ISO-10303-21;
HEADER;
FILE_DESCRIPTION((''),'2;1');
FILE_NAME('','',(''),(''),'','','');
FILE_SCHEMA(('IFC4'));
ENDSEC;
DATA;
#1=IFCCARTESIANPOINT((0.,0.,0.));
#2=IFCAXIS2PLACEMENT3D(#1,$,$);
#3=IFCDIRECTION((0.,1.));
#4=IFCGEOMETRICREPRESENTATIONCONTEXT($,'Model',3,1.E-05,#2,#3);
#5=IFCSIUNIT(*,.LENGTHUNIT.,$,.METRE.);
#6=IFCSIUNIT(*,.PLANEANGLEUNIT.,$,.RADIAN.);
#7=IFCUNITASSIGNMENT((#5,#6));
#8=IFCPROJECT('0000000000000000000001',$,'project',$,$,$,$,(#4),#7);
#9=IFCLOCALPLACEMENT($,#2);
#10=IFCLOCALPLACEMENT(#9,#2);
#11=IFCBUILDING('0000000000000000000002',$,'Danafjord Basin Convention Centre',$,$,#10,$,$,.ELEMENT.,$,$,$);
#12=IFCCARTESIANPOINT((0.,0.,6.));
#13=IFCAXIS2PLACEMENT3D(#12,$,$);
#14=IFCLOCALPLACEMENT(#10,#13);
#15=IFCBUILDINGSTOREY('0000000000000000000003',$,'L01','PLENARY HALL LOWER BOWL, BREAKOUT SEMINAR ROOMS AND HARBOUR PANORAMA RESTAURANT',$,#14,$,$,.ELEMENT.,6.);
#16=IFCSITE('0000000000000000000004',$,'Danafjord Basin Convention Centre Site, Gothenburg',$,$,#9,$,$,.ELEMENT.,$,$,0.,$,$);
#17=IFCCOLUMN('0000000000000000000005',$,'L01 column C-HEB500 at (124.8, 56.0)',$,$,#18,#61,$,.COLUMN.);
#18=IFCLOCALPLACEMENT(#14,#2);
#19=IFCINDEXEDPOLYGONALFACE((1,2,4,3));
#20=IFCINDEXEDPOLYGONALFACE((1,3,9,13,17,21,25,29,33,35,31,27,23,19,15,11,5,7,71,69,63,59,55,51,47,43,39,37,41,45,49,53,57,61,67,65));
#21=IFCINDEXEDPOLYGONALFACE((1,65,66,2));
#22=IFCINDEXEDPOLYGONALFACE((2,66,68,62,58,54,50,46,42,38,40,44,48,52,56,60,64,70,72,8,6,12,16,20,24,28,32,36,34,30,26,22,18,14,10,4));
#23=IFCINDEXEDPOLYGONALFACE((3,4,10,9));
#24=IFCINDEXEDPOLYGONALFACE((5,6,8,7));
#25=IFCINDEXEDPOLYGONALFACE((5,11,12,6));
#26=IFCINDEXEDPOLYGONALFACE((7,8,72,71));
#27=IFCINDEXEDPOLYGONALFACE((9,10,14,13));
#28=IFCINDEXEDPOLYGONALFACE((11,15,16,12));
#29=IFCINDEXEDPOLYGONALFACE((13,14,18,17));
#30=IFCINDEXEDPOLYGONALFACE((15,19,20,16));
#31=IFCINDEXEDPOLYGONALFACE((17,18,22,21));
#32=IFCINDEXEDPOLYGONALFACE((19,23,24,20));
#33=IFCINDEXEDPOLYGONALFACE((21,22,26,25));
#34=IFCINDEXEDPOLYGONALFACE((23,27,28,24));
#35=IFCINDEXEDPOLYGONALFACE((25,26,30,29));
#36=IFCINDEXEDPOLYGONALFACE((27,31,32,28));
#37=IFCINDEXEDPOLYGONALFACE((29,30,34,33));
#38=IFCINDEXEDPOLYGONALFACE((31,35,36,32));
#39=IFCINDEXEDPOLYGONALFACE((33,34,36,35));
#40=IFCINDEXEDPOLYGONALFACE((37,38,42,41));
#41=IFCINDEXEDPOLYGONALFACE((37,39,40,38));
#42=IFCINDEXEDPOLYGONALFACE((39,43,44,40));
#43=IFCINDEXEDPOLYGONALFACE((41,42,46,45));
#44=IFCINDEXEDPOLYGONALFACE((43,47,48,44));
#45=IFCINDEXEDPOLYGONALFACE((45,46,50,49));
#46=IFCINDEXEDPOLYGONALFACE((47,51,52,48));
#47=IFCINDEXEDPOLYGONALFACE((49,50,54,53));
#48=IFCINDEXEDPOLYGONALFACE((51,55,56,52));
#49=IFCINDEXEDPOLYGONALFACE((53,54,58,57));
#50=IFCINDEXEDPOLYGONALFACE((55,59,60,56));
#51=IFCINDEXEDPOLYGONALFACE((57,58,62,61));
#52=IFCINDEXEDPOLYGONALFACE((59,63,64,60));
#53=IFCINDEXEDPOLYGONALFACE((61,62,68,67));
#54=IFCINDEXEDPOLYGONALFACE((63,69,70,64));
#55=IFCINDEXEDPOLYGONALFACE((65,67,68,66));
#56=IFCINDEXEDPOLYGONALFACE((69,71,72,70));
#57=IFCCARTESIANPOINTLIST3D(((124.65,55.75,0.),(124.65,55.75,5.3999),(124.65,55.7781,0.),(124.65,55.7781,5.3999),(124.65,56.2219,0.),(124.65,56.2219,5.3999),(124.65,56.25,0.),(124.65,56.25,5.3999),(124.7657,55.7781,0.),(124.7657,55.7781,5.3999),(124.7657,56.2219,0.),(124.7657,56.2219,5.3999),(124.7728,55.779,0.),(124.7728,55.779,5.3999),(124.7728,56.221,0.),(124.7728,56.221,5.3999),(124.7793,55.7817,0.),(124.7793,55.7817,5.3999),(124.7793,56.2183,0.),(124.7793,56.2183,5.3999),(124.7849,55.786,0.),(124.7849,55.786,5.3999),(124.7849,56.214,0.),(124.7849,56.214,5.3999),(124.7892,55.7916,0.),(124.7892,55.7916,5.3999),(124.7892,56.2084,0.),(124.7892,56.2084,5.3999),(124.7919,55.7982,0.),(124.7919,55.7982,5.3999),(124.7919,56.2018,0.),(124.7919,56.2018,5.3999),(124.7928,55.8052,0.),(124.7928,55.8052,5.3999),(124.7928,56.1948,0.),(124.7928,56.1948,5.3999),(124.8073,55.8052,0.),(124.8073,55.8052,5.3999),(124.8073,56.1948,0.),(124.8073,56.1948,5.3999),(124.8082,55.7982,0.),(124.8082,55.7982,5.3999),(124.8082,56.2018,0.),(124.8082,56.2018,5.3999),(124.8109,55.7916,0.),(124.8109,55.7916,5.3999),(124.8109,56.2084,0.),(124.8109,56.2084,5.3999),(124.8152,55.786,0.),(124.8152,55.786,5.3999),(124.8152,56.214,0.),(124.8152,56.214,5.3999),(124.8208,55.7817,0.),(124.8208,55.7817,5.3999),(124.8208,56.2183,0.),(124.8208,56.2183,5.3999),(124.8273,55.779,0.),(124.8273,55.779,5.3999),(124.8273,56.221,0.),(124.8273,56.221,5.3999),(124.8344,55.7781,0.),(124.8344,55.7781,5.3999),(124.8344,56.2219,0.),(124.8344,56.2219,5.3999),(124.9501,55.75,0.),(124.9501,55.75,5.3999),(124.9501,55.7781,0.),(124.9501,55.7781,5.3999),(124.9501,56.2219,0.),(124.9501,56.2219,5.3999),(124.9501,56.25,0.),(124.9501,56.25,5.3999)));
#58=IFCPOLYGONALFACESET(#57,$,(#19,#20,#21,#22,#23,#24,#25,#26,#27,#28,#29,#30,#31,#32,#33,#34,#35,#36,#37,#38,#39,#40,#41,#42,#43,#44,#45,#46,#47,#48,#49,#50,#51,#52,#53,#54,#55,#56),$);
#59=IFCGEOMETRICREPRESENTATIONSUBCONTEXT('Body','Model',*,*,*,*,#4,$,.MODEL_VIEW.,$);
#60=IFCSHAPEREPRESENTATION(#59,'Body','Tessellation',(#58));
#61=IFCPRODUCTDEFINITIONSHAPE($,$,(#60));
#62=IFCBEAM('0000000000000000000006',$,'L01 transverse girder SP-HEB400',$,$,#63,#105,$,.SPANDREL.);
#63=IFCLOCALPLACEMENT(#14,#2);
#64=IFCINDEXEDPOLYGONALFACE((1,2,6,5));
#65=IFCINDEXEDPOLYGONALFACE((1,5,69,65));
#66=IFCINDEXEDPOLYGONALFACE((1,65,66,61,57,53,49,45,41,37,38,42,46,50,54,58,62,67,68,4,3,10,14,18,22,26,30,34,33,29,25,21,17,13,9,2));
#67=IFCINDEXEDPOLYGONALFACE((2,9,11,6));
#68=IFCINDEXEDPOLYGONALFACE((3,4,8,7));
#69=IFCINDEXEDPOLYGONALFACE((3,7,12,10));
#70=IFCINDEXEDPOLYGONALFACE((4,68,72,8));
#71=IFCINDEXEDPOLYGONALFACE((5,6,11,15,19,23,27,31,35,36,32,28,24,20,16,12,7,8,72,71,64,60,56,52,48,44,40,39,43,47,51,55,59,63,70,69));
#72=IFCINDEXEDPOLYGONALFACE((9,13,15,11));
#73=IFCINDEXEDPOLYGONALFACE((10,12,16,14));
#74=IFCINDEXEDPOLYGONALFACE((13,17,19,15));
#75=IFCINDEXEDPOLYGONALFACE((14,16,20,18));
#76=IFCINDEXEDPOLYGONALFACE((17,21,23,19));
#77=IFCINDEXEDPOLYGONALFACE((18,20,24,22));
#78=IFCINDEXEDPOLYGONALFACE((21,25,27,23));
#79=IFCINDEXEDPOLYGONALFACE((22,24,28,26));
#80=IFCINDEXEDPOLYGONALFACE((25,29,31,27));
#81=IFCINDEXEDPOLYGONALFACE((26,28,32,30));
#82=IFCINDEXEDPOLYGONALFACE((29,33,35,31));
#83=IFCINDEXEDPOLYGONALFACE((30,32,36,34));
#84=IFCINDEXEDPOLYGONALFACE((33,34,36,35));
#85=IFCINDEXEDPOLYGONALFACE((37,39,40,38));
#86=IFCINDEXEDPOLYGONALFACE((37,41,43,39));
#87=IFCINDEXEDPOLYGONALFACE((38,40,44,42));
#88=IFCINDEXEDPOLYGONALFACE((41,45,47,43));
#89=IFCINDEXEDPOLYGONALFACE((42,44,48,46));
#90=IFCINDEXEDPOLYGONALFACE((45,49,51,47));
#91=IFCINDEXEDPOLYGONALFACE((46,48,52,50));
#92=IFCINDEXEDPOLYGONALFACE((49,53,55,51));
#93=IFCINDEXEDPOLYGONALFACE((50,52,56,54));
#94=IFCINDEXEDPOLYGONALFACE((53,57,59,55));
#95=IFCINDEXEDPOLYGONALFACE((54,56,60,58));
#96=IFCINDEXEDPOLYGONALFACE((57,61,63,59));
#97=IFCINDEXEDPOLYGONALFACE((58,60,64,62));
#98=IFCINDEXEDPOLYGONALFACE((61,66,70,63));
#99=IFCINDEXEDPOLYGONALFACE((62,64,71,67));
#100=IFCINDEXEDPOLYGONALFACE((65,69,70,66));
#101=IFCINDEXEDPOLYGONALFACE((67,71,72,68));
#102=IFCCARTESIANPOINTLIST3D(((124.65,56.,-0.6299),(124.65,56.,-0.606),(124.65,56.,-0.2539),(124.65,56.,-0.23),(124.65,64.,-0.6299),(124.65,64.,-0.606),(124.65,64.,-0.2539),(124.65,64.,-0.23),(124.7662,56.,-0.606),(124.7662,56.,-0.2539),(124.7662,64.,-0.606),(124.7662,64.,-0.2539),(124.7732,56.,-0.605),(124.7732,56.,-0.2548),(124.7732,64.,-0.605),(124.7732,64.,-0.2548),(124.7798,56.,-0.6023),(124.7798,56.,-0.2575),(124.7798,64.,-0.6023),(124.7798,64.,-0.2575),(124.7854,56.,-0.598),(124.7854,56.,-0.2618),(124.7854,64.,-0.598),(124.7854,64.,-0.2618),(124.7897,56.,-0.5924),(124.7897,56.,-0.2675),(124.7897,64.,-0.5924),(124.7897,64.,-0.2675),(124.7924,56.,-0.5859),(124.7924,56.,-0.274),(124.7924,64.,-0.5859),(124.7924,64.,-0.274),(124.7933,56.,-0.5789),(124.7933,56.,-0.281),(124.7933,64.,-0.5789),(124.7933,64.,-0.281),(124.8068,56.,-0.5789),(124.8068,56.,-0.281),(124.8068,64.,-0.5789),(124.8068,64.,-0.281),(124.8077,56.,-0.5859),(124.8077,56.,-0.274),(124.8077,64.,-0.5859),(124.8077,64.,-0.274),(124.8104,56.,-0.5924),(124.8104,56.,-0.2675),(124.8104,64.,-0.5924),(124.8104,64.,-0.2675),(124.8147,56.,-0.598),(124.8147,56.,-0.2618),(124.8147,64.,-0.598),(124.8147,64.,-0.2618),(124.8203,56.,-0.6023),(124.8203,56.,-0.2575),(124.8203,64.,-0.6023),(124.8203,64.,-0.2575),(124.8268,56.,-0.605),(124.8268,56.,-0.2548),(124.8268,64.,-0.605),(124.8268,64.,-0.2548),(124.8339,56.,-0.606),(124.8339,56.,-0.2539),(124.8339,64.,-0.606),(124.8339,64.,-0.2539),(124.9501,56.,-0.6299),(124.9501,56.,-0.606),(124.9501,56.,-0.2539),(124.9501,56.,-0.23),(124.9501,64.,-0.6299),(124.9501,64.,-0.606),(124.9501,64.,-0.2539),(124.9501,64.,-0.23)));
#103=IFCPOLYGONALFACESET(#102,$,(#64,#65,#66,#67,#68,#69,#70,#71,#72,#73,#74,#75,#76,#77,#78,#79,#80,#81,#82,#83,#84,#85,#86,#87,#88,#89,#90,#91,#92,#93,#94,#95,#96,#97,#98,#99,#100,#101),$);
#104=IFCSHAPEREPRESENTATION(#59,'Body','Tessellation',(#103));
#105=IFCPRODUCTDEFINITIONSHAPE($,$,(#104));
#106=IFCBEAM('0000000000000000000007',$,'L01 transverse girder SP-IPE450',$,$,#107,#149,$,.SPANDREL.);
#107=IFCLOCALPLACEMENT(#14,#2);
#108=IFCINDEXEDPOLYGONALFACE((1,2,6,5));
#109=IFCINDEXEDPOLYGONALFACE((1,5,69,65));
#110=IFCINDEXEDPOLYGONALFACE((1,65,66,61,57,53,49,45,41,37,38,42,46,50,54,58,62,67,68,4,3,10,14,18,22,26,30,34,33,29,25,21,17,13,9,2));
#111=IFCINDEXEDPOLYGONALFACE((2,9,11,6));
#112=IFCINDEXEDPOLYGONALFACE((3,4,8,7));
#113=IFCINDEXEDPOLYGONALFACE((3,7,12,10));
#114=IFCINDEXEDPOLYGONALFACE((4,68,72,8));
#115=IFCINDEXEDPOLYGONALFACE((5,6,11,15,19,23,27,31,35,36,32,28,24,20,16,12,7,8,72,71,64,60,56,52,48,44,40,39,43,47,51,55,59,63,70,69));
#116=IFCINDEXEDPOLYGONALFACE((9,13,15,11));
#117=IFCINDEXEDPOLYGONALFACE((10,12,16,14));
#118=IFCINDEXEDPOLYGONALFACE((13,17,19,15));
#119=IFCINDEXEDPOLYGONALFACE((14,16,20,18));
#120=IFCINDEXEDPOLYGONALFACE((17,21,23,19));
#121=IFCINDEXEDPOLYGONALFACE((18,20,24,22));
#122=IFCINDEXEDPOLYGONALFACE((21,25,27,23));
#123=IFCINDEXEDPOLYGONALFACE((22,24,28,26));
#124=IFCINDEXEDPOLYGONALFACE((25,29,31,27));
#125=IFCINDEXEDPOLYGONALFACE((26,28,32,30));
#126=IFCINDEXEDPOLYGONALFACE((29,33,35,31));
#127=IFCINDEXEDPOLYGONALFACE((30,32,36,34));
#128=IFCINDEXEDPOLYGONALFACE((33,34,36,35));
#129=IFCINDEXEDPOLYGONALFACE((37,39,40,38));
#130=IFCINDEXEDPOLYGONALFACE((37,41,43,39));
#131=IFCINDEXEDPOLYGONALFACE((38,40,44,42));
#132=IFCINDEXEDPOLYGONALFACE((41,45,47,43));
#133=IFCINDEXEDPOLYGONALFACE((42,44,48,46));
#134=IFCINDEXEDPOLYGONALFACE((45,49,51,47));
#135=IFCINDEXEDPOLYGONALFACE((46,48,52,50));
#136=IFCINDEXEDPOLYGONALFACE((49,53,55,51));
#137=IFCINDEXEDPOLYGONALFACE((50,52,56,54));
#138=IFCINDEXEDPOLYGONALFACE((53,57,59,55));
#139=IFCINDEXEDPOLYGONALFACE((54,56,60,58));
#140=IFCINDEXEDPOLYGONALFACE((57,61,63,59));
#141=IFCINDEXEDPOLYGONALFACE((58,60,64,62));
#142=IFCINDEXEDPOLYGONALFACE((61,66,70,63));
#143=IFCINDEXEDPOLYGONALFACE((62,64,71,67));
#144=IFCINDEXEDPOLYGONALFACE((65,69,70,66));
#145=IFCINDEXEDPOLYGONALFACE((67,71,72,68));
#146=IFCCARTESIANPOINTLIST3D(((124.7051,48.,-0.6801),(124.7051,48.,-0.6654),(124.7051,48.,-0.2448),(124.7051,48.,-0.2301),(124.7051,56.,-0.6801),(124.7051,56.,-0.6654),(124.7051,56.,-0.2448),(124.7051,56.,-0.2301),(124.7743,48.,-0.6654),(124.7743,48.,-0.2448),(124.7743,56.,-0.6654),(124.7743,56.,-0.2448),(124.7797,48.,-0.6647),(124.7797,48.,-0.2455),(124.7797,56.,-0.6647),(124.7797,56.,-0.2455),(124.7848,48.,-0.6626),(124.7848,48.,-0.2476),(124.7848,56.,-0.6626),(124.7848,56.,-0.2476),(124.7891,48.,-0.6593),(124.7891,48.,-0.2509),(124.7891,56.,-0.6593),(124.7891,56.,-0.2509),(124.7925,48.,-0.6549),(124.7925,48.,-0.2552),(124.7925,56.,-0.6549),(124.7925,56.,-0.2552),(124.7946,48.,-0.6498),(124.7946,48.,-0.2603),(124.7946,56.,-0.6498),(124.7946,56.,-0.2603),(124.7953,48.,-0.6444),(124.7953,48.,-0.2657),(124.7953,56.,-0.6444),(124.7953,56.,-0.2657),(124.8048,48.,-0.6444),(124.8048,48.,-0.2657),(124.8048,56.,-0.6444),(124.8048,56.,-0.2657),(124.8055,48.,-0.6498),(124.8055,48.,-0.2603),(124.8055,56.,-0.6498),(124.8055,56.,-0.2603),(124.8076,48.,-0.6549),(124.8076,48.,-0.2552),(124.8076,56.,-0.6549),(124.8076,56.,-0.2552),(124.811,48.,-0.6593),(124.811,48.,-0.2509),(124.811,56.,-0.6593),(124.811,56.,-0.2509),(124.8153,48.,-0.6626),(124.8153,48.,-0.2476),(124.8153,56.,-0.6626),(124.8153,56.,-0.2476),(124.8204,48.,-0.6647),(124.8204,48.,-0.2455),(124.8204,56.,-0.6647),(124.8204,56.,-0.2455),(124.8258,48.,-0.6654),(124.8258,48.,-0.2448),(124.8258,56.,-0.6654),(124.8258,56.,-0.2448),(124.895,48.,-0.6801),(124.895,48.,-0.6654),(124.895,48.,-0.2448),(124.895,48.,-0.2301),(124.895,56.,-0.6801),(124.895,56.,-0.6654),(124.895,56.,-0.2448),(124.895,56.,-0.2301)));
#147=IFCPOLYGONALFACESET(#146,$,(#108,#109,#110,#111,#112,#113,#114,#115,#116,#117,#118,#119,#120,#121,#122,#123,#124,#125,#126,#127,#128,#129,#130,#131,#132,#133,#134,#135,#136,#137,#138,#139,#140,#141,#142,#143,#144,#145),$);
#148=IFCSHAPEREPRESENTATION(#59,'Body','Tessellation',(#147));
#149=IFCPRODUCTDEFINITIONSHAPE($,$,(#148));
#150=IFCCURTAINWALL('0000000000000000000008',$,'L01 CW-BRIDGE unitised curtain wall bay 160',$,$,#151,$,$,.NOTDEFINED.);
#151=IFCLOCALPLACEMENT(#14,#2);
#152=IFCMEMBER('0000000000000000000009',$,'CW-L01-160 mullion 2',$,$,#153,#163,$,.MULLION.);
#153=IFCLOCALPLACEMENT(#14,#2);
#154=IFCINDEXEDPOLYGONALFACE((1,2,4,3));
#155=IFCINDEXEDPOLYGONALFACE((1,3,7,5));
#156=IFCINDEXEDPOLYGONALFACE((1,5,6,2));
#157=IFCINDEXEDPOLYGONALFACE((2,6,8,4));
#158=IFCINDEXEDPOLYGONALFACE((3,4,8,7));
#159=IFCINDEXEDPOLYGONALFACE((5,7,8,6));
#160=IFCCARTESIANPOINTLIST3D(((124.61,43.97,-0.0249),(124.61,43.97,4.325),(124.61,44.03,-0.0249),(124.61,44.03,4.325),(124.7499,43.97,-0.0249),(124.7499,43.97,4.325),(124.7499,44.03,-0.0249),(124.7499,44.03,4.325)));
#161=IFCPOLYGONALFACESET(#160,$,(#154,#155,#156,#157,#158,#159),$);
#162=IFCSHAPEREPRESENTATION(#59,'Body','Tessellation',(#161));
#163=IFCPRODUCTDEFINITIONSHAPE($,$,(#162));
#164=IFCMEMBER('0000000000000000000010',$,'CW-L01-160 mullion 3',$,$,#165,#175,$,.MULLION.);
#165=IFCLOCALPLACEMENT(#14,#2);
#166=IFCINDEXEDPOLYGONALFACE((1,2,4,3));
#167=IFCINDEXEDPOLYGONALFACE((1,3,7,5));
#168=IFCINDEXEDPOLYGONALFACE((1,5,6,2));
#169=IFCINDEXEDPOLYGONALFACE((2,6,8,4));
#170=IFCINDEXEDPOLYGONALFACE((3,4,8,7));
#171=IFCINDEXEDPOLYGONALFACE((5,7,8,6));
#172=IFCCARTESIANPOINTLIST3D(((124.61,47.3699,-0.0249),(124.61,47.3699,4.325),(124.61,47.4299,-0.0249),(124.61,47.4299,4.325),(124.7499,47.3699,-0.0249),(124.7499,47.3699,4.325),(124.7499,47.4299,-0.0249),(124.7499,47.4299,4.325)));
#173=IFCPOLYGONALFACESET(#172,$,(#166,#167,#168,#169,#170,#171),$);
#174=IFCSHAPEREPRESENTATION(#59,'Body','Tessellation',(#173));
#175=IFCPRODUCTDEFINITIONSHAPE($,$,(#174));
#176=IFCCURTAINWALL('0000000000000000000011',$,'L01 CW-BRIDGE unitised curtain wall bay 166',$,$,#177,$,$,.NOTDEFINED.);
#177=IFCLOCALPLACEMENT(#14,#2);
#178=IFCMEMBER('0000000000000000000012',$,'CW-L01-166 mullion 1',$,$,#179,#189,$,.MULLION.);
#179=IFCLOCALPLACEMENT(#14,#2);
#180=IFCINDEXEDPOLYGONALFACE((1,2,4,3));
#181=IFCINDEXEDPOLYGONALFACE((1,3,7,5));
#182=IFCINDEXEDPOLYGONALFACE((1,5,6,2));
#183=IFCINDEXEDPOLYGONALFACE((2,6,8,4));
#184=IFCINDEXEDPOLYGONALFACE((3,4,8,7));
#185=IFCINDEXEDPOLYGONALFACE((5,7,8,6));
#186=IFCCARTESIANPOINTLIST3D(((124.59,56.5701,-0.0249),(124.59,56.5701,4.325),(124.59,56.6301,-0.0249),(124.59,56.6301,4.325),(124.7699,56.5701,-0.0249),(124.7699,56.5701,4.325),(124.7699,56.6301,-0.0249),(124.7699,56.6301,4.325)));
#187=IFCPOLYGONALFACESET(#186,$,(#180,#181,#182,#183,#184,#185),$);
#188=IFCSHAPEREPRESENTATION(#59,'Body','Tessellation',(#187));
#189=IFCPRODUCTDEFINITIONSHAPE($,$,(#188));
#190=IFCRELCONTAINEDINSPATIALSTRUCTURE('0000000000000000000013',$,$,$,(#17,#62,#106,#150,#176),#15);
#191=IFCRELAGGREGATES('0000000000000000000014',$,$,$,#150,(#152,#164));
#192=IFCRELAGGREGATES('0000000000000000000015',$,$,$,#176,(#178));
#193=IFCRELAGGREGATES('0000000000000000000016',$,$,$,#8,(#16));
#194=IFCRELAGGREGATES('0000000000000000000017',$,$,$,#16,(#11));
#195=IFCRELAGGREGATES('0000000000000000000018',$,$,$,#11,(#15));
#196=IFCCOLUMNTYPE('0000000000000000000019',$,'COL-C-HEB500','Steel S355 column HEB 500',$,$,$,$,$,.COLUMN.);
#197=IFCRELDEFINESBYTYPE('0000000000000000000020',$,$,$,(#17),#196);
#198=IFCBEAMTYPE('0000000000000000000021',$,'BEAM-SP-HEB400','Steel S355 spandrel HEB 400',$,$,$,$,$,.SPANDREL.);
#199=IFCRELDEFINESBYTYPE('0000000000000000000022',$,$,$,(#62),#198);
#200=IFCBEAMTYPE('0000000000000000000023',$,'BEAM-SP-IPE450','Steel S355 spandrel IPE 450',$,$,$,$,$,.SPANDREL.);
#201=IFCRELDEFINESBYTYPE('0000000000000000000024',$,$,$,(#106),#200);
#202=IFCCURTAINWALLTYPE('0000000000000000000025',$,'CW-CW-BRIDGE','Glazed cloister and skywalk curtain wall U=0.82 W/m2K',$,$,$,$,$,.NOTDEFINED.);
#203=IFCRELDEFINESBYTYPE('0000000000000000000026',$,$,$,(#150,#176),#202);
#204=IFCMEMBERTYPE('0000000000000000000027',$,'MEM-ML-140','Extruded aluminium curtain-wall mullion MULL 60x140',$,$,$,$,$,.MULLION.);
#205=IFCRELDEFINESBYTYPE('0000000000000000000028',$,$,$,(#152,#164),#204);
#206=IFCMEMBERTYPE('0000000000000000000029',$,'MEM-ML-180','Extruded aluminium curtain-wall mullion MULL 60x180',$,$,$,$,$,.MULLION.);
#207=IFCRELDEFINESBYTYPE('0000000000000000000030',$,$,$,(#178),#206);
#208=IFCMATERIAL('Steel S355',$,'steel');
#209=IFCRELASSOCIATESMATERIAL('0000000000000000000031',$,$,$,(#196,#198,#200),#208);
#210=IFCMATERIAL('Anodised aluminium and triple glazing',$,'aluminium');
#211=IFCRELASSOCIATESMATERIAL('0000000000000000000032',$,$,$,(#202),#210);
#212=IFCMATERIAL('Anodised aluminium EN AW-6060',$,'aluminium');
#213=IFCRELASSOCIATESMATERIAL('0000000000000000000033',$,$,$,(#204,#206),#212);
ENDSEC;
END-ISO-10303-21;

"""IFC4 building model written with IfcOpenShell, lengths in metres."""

from ifc_helpers import new_model, si_unit, direction, frame, origin, origin_2d, place, context, subcontext, project, spatial, rectangle, i_section, extrude, material, material_profile, profile_set, type_object, element, aggregate, save


model = new_model("IFC4")

# Units and contexts
model_context = context("Model", 3, precision=1e-05, world=origin(), true_north=direction((0.0, 1.0)))
body_context = subcontext(model_context, "Body", "Model", "MODEL_VIEW")
ifc_project = project(units=[si_unit("LENGTHUNIT", "METRE"), si_unit("PLANEANGLEUNIT", "RADIAN")], contexts=[model_context])

# Site, building, storey
site_placement = place(None, origin())
site = spatial("IfcSite", under=ifc_project, at=site_placement, Name="Danafjord Basin Convention Centre Site, Gothenburg", CompositionType="ELEMENT", RefElevation=0.0)
building_placement = place(site_placement, origin())
building = spatial("IfcBuilding", under=site, at=building_placement, Name="Danafjord Basin Convention Centre", CompositionType="ELEMENT")
storey_placement = place(building_placement, frame((0.0, 0.0, 6.0)))
storey = spatial("IfcBuildingStorey", under=building, at=storey_placement, Name="L01", Description="PLENARY HALL LOWER BOWL, BREAKOUT SEMINAR ROOMS AND HARBOUR PANORAMA RESTAURANT", CompositionType="ELEMENT", Elevation=6.0)

# Column
ifc_material_1 = material(Name="Steel S355", Category="steel")
ifc_material_profile_1 = material_profile(ifc_material_1, i_section(OverallWidth=0.3, OverallDepth=0.5, WebThickness=0.0144, FlangeThickness=0.0281, FilletRadius=0.0271, at=origin_2d()), Name="HEB 500")
ifc_profile_set_1 = profile_set([ifc_material_profile_1], Name="Steel S355")
column_type_1 = type_object("IfcColumnType", Name="COL-C-HEB500", Description="Steel S355 column HEB 500", PredefinedType="COLUMN", material=ifc_profile_set_1)
column_1_placement = place(storey_placement, frame((124.8, 56.0, 0.0), z_axis=(0.0, 0.0, 1.0), x_axis=(1.0, 0.0, 0.0)))
element("IfcColumn", 1, at=column_1_placement, inside=storey, type_object=column_type_1, Name="L01 column C-HEB500 at (124.8, 56.0)", PredefinedType="COLUMN", context=body_context, shape_type="SweptSolid", body=[
    extrude(i_section(OverallWidth=0.3, OverallDepth=0.5, WebThickness=0.0144, FlangeThickness=0.0281, FilletRadius=0.0271, at=origin_2d()), origin(), (0.0, 0.0, 1.0), 5.3999),
])

# Beams
ifc_material_profile_2 = material_profile(ifc_material_1, i_section(OverallWidth=0.3, OverallDepth=0.3999, WebThickness=0.0134, FlangeThickness=0.0239, FilletRadius=0.0271, at=origin_2d()), Name="HEB 400")
ifc_profile_set_2 = profile_set([ifc_material_profile_2], Name="Steel S355")
beam_type_1 = type_object("IfcBeamType", Name="BEAM-SP-HEB400", Description="Steel S355 spandrel HEB 400", PredefinedType="SPANDREL", material=ifc_profile_set_2)
beam_1_placement = place(storey_placement, frame((124.8, 56.0, -0.4299), z_axis=(0.0, 1.0, 0.0), x_axis=(-1.0, 0.0, 0.0)))
element("IfcBeam", 2, at=beam_1_placement, inside=storey, type_object=beam_type_1, Name="L01 transverse girder SP-HEB400", PredefinedType="SPANDREL", context=body_context, shape_type="SweptSolid", body=[
    extrude(i_section(OverallWidth=0.3, OverallDepth=0.3999, WebThickness=0.0134, FlangeThickness=0.0239, FilletRadius=0.0271, at=origin_2d()), origin(), (0.0, 0.0, 1.0), 8.0),
])
ifc_material_profile_3 = material_profile(ifc_material_1, i_section(OverallWidth=0.1899, OverallDepth=0.45, WebThickness=0.0095, FlangeThickness=0.0146, FilletRadius=0.021, at=origin_2d()), Name="IPE 450")
ifc_profile_set_3 = profile_set([ifc_material_profile_3], Name="Steel S355")
beam_type_2 = type_object("IfcBeamType", Name="BEAM-SP-IPE450", Description="Steel S355 spandrel IPE 450", PredefinedType="SPANDREL", material=ifc_profile_set_3)
beam_2_placement = place(storey_placement, frame((124.8, 48.0, -0.4551), z_axis=(0.0, 1.0, 0.0), x_axis=(-1.0, 0.0, 0.0)))
element("IfcBeam", 3, at=beam_2_placement, inside=storey, type_object=beam_type_2, Name="L01 transverse girder SP-IPE450", PredefinedType="SPANDREL", context=body_context, shape_type="SweptSolid", body=[
    extrude(i_section(OverallWidth=0.1899, OverallDepth=0.45, WebThickness=0.0095, FlangeThickness=0.0146, FilletRadius=0.021, at=origin_2d()), origin(), (0.0, 0.0, 1.0), 8.0),
])

# Curtain wall, members
ifc_material_2 = material(Name="Anodised aluminium and triple glazing", Category="aluminium")
curtain_wall_type = type_object("IfcCurtainWallType", Name="CW-CW-BRIDGE", Description="Glazed cloister and skywalk curtain wall U=0.82 W/m2K", PredefinedType="NOTDEFINED", material=ifc_material_2)
curtain_wall_1_placement = place(storey_placement, origin())
curtain_wall_1 = element("IfcCurtainWall", 4, at=curtain_wall_1_placement, inside=storey, type_object=curtain_wall_type, Name="L01 CW-BRIDGE unitised curtain wall bay 160", PredefinedType="NOTDEFINED")
ifc_material_3 = material(Name="Anodised aluminium EN AW-6060", Category="aluminium")
ifc_material_profile_4 = material_profile(ifc_material_3, rectangle(XDim=0.0601, YDim=0.1399, at=origin_2d()), Name="MULL 60x140")
ifc_profile_set_4 = profile_set([ifc_material_profile_4], Name="Anodised aluminium EN AW-6060")
member_type_1 = type_object("IfcMemberType", Name="MEM-ML-140", Description="Extruded aluminium curtain-wall mullion MULL 60x140", PredefinedType="MULLION", material=ifc_profile_set_4)
member_1_placement = place(storey_placement, frame((124.6799, 44.0, -0.0249), z_axis=(0.0, 0.0, 1.0), x_axis=(0.0, 1.0, 0.0)))
member_1 = element("IfcMember", 5, at=member_1_placement, type_object=member_type_1, Name="CW-L01-160 mullion 2", PredefinedType="MULLION", context=body_context, shape_type="SweptSolid", body=[
    extrude(rectangle(XDim=0.0601, YDim=0.1399, at=origin_2d()), origin(), (0.0, 0.0, 1.0), 4.3499),
])
member_2_placement = place(storey_placement, frame((124.6799, 47.3999, -0.0249), z_axis=(0.0, 0.0, 1.0), x_axis=(0.0, 1.0, 0.0)))
member_2 = element("IfcMember", 6, at=member_2_placement, type_object=member_type_1, Name="CW-L01-160 mullion 3", PredefinedType="MULLION", context=body_context, shape_type="SweptSolid", body=[
    extrude(rectangle(XDim=0.0601, YDim=0.1399, at=origin_2d()), origin(), (0.0, 0.0, 1.0), 4.3499),
])

# Curtain wall, member
curtain_wall_2_placement = place(storey_placement, origin())
curtain_wall_2 = element("IfcCurtainWall", 7, at=curtain_wall_2_placement, inside=storey, type_object=curtain_wall_type, Name="L01 CW-BRIDGE unitised curtain wall bay 166", PredefinedType="NOTDEFINED")
ifc_material_profile_5 = material_profile(ifc_material_3, rectangle(XDim=0.0601, YDim=0.1799, at=origin_2d()), Name="MULL 60x180")
ifc_profile_set_5 = profile_set([ifc_material_profile_5], Name="Anodised aluminium EN AW-6060")
member_type_2 = type_object("IfcMemberType", Name="MEM-ML-180", Description="Extruded aluminium curtain-wall mullion MULL 60x180", PredefinedType="MULLION", material=ifc_profile_set_5)
member_3_placement = place(storey_placement, frame((124.6799, 56.6001, -0.0249), z_axis=(0.0, 0.0, 1.0), x_axis=(0.0, 1.0, 0.0)))
member_3 = element("IfcMember", 8, at=member_3_placement, type_object=member_type_2, Name="CW-L01-166 mullion 1", PredefinedType="MULLION", context=body_context, shape_type="SweptSolid", body=[
    extrude(rectangle(XDim=0.0601, YDim=0.1799, at=origin_2d()), origin(), (0.0, 0.0, 1.0), 4.3499),
])

aggregate(curtain_wall_1, [member_1, member_2])
aggregate(curtain_wall_2, [member_3])

save(model, "model.ifc")
